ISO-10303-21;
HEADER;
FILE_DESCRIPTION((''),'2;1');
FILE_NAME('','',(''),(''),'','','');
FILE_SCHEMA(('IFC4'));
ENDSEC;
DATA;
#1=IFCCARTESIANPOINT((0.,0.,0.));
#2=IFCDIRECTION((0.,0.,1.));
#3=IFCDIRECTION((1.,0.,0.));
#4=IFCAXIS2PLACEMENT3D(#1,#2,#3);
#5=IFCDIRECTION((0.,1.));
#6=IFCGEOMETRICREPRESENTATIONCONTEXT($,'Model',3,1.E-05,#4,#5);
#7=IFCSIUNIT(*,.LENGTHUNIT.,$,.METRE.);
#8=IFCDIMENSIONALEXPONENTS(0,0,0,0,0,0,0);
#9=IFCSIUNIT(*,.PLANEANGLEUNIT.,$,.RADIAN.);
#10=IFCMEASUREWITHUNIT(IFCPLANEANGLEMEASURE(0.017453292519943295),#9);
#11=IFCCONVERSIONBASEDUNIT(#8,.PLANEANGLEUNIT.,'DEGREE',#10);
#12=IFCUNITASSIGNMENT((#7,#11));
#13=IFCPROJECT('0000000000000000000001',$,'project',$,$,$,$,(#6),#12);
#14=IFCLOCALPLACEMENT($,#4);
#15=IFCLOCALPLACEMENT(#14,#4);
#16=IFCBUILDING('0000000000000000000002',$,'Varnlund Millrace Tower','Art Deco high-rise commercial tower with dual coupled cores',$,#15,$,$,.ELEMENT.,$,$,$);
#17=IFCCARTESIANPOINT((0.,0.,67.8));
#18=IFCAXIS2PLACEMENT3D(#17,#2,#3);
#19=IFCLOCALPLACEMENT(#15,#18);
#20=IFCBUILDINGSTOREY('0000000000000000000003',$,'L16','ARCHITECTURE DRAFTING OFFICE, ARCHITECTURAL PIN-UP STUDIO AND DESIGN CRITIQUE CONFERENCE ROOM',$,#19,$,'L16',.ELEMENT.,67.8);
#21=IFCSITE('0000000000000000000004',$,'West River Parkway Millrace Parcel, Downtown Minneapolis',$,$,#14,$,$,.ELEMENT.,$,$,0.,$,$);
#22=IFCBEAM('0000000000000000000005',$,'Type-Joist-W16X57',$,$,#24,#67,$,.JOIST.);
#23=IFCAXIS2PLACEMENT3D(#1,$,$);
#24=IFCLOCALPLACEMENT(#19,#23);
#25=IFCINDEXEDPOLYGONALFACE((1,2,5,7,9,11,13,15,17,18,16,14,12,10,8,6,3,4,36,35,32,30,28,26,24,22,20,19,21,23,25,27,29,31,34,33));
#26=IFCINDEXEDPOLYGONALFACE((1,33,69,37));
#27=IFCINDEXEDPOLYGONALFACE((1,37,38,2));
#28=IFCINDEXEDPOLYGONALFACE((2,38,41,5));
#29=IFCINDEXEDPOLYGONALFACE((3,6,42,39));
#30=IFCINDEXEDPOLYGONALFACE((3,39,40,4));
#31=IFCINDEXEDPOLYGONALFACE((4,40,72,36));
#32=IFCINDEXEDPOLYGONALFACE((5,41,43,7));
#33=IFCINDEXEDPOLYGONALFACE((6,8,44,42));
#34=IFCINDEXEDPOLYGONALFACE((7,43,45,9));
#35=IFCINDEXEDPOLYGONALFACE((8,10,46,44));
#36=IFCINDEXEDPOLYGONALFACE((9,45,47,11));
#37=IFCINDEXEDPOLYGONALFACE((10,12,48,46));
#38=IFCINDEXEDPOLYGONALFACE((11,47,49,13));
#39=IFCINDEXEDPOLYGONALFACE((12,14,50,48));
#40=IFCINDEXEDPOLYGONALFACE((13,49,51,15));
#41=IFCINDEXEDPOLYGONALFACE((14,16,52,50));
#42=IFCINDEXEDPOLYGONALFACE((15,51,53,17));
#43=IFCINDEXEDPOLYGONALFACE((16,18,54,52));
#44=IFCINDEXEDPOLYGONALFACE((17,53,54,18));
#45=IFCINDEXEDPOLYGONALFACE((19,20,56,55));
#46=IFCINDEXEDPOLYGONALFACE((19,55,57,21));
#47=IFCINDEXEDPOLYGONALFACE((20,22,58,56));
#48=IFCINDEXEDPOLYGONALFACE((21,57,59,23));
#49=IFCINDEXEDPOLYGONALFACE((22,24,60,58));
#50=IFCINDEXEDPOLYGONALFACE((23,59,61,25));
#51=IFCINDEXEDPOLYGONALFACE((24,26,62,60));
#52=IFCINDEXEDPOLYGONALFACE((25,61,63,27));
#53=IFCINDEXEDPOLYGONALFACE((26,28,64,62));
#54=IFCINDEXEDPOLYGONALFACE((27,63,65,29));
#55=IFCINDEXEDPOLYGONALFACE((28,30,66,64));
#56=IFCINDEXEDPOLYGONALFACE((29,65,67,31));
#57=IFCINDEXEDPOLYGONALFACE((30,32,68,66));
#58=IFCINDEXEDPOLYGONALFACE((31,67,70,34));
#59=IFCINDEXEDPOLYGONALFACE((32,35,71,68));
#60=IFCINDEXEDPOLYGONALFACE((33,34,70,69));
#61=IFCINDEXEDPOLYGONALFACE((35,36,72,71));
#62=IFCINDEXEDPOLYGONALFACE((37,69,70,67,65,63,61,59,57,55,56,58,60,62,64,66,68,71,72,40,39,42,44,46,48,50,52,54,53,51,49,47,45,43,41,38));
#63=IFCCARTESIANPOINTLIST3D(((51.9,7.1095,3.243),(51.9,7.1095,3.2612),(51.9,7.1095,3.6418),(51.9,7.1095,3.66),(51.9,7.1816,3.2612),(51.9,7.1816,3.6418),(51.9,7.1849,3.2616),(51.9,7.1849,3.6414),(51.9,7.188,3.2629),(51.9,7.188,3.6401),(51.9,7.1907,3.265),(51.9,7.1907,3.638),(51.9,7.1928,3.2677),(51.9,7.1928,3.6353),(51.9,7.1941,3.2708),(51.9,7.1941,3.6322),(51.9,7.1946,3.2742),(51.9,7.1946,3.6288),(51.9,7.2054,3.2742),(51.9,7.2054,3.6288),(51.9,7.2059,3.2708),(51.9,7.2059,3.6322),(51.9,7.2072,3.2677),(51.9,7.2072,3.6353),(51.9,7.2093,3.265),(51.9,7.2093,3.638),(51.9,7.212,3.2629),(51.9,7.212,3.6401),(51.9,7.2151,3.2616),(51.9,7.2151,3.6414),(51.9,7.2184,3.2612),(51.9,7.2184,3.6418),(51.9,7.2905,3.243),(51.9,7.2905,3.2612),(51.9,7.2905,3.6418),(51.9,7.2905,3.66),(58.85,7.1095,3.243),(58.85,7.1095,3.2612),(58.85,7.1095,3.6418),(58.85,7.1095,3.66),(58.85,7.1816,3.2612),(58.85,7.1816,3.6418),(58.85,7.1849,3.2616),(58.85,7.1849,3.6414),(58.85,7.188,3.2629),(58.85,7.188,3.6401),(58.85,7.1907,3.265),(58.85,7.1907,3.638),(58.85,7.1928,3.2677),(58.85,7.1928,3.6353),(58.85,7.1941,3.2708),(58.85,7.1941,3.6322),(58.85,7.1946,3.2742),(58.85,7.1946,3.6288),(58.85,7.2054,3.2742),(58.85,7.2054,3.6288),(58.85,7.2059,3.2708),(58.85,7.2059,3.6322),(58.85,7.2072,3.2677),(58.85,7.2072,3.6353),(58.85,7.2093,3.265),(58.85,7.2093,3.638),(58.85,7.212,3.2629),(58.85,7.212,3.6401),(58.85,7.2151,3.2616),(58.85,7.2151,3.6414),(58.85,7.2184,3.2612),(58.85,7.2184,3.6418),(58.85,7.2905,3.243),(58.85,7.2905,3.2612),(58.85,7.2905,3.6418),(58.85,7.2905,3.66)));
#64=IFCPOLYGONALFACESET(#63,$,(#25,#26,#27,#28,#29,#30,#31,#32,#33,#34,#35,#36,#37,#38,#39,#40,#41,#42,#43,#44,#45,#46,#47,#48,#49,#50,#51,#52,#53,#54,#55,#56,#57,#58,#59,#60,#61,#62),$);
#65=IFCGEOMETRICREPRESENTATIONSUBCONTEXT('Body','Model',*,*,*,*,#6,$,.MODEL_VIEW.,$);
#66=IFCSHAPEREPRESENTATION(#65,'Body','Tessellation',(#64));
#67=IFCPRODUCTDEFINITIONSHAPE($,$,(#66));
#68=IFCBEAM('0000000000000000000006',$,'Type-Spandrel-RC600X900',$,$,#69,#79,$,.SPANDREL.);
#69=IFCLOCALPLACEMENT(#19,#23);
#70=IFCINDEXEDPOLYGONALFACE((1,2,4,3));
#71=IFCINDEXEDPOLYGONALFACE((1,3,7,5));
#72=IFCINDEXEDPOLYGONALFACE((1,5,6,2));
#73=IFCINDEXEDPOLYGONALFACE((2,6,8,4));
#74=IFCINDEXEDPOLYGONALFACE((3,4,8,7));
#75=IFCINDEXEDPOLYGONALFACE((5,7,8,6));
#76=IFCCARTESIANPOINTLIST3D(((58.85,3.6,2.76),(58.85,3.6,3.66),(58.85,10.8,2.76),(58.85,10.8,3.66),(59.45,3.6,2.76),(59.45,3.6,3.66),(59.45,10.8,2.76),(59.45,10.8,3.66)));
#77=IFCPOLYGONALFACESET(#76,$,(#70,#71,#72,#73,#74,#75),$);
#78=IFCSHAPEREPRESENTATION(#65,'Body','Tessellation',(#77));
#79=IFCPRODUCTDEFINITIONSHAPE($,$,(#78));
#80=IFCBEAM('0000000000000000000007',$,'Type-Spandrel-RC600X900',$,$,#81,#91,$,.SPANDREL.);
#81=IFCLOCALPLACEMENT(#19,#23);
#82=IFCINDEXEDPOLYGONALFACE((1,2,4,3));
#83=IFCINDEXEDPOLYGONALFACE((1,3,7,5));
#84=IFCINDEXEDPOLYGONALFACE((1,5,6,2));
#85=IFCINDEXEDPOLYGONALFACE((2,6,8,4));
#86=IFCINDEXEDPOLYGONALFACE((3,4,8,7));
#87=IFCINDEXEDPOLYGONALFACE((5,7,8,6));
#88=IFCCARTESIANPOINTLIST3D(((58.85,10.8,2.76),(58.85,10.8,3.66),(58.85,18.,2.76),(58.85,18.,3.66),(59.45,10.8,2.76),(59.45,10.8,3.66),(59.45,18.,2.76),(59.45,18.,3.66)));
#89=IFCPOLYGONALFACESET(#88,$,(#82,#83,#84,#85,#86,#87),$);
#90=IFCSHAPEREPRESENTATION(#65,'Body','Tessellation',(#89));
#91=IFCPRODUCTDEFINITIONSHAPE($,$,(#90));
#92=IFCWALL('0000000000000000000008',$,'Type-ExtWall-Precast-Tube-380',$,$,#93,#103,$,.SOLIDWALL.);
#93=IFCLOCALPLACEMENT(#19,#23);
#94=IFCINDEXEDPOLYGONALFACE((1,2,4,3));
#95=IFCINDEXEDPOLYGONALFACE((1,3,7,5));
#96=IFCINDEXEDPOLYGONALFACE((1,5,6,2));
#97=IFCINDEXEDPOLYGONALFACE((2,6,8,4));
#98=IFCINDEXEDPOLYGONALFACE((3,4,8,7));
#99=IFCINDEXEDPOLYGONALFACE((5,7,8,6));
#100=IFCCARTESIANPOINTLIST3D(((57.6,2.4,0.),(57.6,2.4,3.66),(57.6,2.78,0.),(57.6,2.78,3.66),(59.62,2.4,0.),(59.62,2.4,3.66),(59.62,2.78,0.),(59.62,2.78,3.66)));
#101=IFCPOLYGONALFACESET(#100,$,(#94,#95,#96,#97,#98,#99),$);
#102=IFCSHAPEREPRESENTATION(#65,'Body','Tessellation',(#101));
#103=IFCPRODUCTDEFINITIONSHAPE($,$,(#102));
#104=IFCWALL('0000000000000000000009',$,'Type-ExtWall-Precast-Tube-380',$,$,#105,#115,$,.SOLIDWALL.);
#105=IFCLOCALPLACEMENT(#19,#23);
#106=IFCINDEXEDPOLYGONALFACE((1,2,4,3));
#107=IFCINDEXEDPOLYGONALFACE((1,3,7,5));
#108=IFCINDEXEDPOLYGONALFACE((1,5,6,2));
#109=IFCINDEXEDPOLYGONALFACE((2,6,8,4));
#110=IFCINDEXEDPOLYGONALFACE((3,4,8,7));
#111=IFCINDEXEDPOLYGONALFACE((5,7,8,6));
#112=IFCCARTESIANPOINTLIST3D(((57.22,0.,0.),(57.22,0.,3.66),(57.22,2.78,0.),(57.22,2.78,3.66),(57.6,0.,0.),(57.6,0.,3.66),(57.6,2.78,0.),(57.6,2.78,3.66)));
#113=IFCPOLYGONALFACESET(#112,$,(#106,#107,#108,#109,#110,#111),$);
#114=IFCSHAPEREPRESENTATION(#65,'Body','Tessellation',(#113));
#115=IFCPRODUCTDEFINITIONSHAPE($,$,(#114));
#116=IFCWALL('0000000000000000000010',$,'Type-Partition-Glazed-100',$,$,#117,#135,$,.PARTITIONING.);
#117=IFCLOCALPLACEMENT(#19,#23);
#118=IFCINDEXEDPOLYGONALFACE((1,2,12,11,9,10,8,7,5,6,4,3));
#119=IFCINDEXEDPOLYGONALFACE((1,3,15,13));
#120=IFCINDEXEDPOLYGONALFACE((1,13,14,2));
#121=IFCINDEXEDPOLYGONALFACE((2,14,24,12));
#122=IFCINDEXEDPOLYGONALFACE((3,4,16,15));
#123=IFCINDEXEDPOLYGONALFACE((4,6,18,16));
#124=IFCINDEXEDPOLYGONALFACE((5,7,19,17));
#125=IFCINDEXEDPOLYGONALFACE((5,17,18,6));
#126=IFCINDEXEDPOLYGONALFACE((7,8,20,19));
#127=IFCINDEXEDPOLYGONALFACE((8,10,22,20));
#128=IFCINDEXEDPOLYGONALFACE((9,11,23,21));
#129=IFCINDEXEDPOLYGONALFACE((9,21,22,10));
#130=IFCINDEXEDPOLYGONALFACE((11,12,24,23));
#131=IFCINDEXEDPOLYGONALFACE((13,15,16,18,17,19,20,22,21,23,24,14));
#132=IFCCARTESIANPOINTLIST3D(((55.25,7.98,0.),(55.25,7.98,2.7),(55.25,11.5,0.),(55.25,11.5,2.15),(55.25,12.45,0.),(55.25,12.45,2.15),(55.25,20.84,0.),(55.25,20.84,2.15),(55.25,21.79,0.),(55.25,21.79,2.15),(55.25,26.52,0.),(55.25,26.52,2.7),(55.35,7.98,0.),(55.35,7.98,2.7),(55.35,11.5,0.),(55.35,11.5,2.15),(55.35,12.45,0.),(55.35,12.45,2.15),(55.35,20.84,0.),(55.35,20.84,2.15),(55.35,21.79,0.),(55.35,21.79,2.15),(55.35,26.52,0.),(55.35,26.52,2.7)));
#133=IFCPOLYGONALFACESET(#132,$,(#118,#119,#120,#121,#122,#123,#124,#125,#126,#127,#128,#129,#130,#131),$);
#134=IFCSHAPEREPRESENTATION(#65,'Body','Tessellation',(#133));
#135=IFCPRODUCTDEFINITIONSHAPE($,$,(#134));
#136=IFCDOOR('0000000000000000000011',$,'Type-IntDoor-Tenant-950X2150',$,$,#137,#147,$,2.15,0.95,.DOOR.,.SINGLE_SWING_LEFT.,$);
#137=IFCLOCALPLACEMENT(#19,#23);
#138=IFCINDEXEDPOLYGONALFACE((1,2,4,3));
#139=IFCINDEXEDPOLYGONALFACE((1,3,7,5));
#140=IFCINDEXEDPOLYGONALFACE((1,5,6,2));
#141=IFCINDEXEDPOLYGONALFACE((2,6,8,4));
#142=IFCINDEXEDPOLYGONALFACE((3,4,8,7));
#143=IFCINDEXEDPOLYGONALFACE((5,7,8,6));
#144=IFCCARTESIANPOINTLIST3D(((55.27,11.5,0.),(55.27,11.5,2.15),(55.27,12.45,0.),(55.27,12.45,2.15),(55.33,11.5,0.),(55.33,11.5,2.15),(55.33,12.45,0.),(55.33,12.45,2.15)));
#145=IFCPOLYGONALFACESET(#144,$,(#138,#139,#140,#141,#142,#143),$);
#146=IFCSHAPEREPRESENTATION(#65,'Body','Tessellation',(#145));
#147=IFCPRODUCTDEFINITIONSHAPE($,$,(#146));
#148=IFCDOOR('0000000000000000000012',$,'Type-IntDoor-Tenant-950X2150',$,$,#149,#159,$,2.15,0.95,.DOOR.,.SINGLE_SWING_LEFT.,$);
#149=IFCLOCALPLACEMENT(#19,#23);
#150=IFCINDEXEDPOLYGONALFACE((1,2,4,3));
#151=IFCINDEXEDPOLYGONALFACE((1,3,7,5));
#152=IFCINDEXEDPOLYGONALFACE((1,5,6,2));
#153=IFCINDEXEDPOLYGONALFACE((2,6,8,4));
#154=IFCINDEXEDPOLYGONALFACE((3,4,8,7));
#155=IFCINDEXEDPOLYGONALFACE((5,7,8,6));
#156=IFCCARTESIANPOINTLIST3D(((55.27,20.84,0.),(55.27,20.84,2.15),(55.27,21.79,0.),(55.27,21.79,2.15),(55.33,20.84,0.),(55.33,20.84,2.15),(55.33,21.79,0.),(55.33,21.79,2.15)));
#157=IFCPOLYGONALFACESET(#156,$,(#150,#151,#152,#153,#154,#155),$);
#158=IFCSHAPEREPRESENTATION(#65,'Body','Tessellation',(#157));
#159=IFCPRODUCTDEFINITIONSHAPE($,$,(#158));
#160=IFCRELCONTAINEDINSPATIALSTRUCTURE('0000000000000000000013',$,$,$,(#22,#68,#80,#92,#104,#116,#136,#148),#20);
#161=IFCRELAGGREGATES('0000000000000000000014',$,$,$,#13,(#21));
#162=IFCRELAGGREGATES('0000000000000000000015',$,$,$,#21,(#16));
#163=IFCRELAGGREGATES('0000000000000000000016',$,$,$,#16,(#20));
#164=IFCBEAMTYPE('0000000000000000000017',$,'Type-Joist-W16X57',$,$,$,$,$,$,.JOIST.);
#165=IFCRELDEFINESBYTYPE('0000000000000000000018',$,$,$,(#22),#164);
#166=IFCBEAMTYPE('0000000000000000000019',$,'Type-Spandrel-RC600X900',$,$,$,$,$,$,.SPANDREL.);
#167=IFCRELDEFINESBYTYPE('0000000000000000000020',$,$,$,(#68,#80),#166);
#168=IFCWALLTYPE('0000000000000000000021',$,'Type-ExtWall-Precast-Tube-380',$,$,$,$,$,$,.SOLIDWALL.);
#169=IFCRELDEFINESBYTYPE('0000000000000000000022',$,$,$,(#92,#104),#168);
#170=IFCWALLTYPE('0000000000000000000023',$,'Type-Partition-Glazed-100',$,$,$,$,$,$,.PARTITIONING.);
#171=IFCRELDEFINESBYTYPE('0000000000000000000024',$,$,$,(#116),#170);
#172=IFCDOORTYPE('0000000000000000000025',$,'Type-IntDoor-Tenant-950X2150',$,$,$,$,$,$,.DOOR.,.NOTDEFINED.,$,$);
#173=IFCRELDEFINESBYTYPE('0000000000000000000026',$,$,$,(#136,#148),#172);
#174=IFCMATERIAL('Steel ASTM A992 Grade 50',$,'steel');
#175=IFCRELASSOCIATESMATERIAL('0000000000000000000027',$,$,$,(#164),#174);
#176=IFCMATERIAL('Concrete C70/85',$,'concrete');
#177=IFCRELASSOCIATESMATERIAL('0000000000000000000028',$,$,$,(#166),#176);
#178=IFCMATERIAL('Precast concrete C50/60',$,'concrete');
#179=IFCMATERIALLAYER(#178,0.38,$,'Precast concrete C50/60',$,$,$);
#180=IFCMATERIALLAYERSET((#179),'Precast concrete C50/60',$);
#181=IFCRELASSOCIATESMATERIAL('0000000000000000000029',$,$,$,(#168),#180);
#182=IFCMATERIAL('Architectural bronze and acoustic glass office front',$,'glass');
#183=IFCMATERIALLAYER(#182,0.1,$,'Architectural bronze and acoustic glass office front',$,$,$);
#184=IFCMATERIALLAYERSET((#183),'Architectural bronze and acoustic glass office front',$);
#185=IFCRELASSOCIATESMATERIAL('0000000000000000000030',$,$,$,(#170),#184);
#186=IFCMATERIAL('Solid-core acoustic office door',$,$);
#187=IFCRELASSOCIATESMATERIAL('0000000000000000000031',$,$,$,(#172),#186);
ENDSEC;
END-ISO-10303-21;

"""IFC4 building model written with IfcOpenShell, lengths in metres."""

from ifc_helpers import new_model, entity, si_unit, converted_unit, direction, frame, origin_with_axes, origin_2d_with_axis, place, context, subcontext, project, spatial, polyline, rectangle, i_section, outline, extrude, material, layer, layer_set, material_profile, profile_set, type_object, element, fill, save


model = new_model("IFC4")

# Units and contexts
model_context = context("Model", 3, precision=1e-05, world=origin_with_axes(), true_north=direction((0.0, 1.0)))
body_context = subcontext(model_context, "Body", "Model", "MODEL_VIEW")
ifc_project = project(units=[si_unit("LENGTHUNIT", "METRE"), converted_unit("PLANEANGLEUNIT", "DEGREE", entity("IfcPlaneAngleMeasure", 0.017453292519943295), si_unit("PLANEANGLEUNIT", "RADIAN"), dimensions=[0, 0, 0, 0, 0, 0, 0])], contexts=[model_context])

# Site, building, storey
site_placement = place(None, origin_with_axes())
site = spatial("IfcSite", under=ifc_project, at=site_placement, Name="West River Parkway Millrace Parcel, Downtown Minneapolis", CompositionType="ELEMENT", RefElevation=0.0)
building_placement = place(site_placement, origin_with_axes())
building = spatial("IfcBuilding", under=site, at=building_placement, Name="Varnlund Millrace Tower", Description="Art Deco high-rise commercial tower with dual coupled cores", CompositionType="ELEMENT")
storey_placement = place(building_placement, frame((0.0, 0.0, 67.8), z_axis=(0.0, 0.0, 1.0), x_axis=(1.0, 0.0, 0.0)))
storey = spatial("IfcBuildingStorey", under=building, at=storey_placement, Name="L16", Description="ARCHITECTURE DRAFTING OFFICE, ARCHITECTURAL PIN-UP STUDIO AND DESIGN CRITIQUE CONFERENCE ROOM", LongName="L16", CompositionType="ELEMENT", Elevation=67.8)

# Beams
ifc_material_1 = material(Name="Steel ASTM A992 Grade 50", Category="steel")
ifc_material_profile_1 = material_profile(ifc_material_1, i_section(OverallWidth=0.181, OverallDepth=0.417, WebThickness=0.0109, FlangeThickness=0.0182, FilletRadius=0.013, at=origin_2d_with_axis()), Name="Steel ASTM A992 Grade 50")
ifc_profile_set_1 = profile_set([ifc_material_profile_1], Name="Steel ASTM A992 Grade 50")
beam_type_1 = type_object("IfcBeamType", Name="Type-Joist-W16X57", PredefinedType="JOIST", material=ifc_profile_set_1)
beam_placement = place(storey_placement, frame((51.9, 7.2, 3.4515), z_axis=(1.0, 0.0, 0.0), x_axis=(0.0, 1.0, 0.0)))
element("IfcBeam", 1, at=beam_placement, inside=storey, type_object=beam_type_1, Name="Type-Joist-W16X57", PredefinedType="JOIST", context=body_context, shape_type="SweptSolid", body=[
    extrude(i_section(OverallWidth=0.181, OverallDepth=0.417, WebThickness=0.0109, FlangeThickness=0.0182, FilletRadius=0.013, at=origin_2d_with_axis()), origin_with_axes(), (0.0, 0.0, 1.0), 6.95),
])
ifc_material_2 = material(Name="Concrete C70/85", Category="concrete")
ifc_material_profile_2 = material_profile(ifc_material_2, rectangle(XDim=0.6, YDim=0.9, at=origin_2d_with_axis()), Name="Concrete C70/85")
ifc_profile_set_2 = profile_set([ifc_material_profile_2], Name="Concrete C70/85")
beam_type_2 = type_object("IfcBeamType", Name="Type-Spandrel-RC600X900", PredefinedType="SPANDREL", material=ifc_profile_set_2)
for number, where, z_axis, x_axis, name in (
    (2, (59.15, 3.6, 3.21), (0.0, 1.0, 0.0), (-1.0, 0.0, 0.0), "Type-Spandrel-RC600X900"),
    (3, (59.15, 10.8, 3.21), (0.0, 1.0, 0.0), (-1.0, 0.0, 0.0), "Type-Spandrel-RC600X900"),
):
    element("IfcBeam", number, at=place(storey_placement, frame(where, z_axis=z_axis, x_axis=x_axis)), inside=storey, type_object=beam_type_2, Name=name, PredefinedType="SPANDREL", context=body_context, shape_type="SweptSolid", body=[
        extrude(rectangle(XDim=0.6, YDim=0.9, at=origin_2d_with_axis()), origin_with_axes(), (0.0, 0.0, 1.0), 7.2),
    ])

# Walls
ifc_material_3 = material(Name="Precast concrete C50/60", Category="concrete")
ifc_layer_1 = layer(ifc_material_3, 0.38, Name="Precast concrete C50/60")
ifc_layer_set_1 = layer_set([ifc_layer_1], Name="Precast concrete C50/60")
wall_type_1 = type_object("IfcWallType", Name="Type-ExtWall-Precast-Tube-380", PredefinedType="SOLIDWALL", material=ifc_layer_set_1)
wall_1_placement = place(storey_placement, frame((59.62, 2.59, 0.0), z_axis=(0.0, 0.0, 1.0), x_axis=(-1.0, 0.0, 0.0)))
element("IfcWall", 4, at=wall_1_placement, inside=storey, type_object=wall_type_1, Name="Type-ExtWall-Precast-Tube-380", PredefinedType="SOLIDWALL", context=body_context, shape_type="SweptSolid", body=[
    extrude(outline(polyline([(0.0, -0.19), (2.02, -0.19), (2.02, 0.19), (0.0, 0.19), (0.0, -0.19)])), origin_with_axes(), (0.0, 0.0, 1.0), 3.66),
])
wall_2_placement = place(storey_placement, frame((57.41, 2.78, 0.0), z_axis=(0.0, 0.0, 1.0), x_axis=(0.0, -1.0, 0.0)))
element("IfcWall", 5, at=wall_2_placement, inside=storey, type_object=wall_type_1, Name="Type-ExtWall-Precast-Tube-380", PredefinedType="SOLIDWALL", context=body_context, shape_type="SweptSolid", body=[
    extrude(outline(polyline([(0.0, -0.19), (2.78, -0.19), (2.78, 0.19), (0.0, 0.19), (0.0, -0.19)])), origin_with_axes(), (0.0, 0.0, 1.0), 3.66),
])

# Wall, openings, doors
ifc_material_4 = material(Name="Architectural bronze and acoustic glass office front", Category="glass")
ifc_layer_2 = layer(ifc_material_4, 0.1, Name="Architectural bronze and acoustic glass office front")
ifc_layer_set_2 = layer_set([ifc_layer_2], Name="Architectural bronze and acoustic glass office front")
wall_type_2 = type_object("IfcWallType", Name="Type-Partition-Glazed-100", PredefinedType="PARTITIONING", material=ifc_layer_set_2)
wall_3_placement = place(storey_placement, frame((55.3, 7.98, 0.0), z_axis=(0.0, 0.0, 1.0), x_axis=(0.0, 1.0, 0.0)))
wall_3 = element("IfcWall", 6, at=wall_3_placement, inside=storey, type_object=wall_type_2, Name="Type-Partition-Glazed-100", PredefinedType="PARTITIONING", context=body_context, shape_type="SweptSolid", body=[
    extrude(outline(polyline([(0.0, -0.05), (18.54, -0.05), (18.54, 0.05), (0.0, 0.05), (0.0, -0.05)])), origin_with_axes(), (0.0, 0.0, 1.0), 2.7),
])
opening_1_placement = place(wall_3_placement, frame((3.995, 0.0, 0.0), z_axis=(0.0, 0.0, 1.0), x_axis=(1.0, 0.0, 0.0)))
opening_1 = element("IfcOpeningElement", 7, at=opening_1_placement, cuts=wall_3, PredefinedType="OPENING", context=body_context, shape_type="SweptSolid", body=[
    extrude(rectangle(XDim=0.95, YDim=0.12, at=origin_2d_with_axis()), origin_with_axes(), (0.0, 0.0, 1.0), 2.15),
])
opening_2_placement = place(wall_3_placement, frame((13.335, 0.0, 0.0), z_axis=(0.0, 0.0, 1.0), x_axis=(1.0, 0.0, 0.0)))
opening_2 = element("IfcOpeningElement", 8, at=opening_2_placement, cuts=wall_3, PredefinedType="OPENING", context=body_context, shape_type="SweptSolid", body=[
    extrude(rectangle(XDim=0.95, YDim=0.12, at=origin_2d_with_axis()), origin_with_axes(), (0.0, 0.0, 1.0), 2.15),
])
ifc_material_5 = material(Name="Solid-core acoustic office door")
door_type_1 = type_object("IfcDoorType", Name="Type-IntDoor-Tenant-950X2150", OperationType="NOTDEFINED", PredefinedType="DOOR", material=ifc_material_5)
door_1_placement = place(wall_3_placement, frame((3.995, 0.0, 0.0), z_axis=(0.0, 0.0, 1.0), x_axis=(1.0, 0.0, 0.0)))
door_1 = element("IfcDoor", 9, at=door_1_placement, inside=storey, type_object=door_type_1, Name="Type-IntDoor-Tenant-950X2150", OperationType="SINGLE_SWING_LEFT", OverallHeight=2.15, OverallWidth=0.95, PredefinedType="DOOR", context=body_context, shape_type="SweptSolid", body=[
    extrude(rectangle(XDim=0.95, YDim=0.06, at=origin_2d_with_axis()), origin_with_axes(), (0.0, 0.0, 1.0), 2.15),
])
fill(opening_1, door_1)
door_2_placement = place(wall_3_placement, frame((13.335, 0.0, 0.0), z_axis=(0.0, 0.0, 1.0), x_axis=(1.0, 0.0, 0.0)))
door_2 = element("IfcDoor", 10, at=door_2_placement, inside=storey, type_object=door_type_1, Name="Type-IntDoor-Tenant-950X2150", OperationType="SINGLE_SWING_LEFT", OverallHeight=2.15, OverallWidth=0.95, PredefinedType="DOOR", context=body_context, shape_type="SweptSolid", body=[
    extrude(rectangle(XDim=0.95, YDim=0.06, at=origin_2d_with_axis()), origin_with_axes(), (0.0, 0.0, 1.0), 2.15),
])
fill(opening_2, door_2)

save(model, "model.ifc")
